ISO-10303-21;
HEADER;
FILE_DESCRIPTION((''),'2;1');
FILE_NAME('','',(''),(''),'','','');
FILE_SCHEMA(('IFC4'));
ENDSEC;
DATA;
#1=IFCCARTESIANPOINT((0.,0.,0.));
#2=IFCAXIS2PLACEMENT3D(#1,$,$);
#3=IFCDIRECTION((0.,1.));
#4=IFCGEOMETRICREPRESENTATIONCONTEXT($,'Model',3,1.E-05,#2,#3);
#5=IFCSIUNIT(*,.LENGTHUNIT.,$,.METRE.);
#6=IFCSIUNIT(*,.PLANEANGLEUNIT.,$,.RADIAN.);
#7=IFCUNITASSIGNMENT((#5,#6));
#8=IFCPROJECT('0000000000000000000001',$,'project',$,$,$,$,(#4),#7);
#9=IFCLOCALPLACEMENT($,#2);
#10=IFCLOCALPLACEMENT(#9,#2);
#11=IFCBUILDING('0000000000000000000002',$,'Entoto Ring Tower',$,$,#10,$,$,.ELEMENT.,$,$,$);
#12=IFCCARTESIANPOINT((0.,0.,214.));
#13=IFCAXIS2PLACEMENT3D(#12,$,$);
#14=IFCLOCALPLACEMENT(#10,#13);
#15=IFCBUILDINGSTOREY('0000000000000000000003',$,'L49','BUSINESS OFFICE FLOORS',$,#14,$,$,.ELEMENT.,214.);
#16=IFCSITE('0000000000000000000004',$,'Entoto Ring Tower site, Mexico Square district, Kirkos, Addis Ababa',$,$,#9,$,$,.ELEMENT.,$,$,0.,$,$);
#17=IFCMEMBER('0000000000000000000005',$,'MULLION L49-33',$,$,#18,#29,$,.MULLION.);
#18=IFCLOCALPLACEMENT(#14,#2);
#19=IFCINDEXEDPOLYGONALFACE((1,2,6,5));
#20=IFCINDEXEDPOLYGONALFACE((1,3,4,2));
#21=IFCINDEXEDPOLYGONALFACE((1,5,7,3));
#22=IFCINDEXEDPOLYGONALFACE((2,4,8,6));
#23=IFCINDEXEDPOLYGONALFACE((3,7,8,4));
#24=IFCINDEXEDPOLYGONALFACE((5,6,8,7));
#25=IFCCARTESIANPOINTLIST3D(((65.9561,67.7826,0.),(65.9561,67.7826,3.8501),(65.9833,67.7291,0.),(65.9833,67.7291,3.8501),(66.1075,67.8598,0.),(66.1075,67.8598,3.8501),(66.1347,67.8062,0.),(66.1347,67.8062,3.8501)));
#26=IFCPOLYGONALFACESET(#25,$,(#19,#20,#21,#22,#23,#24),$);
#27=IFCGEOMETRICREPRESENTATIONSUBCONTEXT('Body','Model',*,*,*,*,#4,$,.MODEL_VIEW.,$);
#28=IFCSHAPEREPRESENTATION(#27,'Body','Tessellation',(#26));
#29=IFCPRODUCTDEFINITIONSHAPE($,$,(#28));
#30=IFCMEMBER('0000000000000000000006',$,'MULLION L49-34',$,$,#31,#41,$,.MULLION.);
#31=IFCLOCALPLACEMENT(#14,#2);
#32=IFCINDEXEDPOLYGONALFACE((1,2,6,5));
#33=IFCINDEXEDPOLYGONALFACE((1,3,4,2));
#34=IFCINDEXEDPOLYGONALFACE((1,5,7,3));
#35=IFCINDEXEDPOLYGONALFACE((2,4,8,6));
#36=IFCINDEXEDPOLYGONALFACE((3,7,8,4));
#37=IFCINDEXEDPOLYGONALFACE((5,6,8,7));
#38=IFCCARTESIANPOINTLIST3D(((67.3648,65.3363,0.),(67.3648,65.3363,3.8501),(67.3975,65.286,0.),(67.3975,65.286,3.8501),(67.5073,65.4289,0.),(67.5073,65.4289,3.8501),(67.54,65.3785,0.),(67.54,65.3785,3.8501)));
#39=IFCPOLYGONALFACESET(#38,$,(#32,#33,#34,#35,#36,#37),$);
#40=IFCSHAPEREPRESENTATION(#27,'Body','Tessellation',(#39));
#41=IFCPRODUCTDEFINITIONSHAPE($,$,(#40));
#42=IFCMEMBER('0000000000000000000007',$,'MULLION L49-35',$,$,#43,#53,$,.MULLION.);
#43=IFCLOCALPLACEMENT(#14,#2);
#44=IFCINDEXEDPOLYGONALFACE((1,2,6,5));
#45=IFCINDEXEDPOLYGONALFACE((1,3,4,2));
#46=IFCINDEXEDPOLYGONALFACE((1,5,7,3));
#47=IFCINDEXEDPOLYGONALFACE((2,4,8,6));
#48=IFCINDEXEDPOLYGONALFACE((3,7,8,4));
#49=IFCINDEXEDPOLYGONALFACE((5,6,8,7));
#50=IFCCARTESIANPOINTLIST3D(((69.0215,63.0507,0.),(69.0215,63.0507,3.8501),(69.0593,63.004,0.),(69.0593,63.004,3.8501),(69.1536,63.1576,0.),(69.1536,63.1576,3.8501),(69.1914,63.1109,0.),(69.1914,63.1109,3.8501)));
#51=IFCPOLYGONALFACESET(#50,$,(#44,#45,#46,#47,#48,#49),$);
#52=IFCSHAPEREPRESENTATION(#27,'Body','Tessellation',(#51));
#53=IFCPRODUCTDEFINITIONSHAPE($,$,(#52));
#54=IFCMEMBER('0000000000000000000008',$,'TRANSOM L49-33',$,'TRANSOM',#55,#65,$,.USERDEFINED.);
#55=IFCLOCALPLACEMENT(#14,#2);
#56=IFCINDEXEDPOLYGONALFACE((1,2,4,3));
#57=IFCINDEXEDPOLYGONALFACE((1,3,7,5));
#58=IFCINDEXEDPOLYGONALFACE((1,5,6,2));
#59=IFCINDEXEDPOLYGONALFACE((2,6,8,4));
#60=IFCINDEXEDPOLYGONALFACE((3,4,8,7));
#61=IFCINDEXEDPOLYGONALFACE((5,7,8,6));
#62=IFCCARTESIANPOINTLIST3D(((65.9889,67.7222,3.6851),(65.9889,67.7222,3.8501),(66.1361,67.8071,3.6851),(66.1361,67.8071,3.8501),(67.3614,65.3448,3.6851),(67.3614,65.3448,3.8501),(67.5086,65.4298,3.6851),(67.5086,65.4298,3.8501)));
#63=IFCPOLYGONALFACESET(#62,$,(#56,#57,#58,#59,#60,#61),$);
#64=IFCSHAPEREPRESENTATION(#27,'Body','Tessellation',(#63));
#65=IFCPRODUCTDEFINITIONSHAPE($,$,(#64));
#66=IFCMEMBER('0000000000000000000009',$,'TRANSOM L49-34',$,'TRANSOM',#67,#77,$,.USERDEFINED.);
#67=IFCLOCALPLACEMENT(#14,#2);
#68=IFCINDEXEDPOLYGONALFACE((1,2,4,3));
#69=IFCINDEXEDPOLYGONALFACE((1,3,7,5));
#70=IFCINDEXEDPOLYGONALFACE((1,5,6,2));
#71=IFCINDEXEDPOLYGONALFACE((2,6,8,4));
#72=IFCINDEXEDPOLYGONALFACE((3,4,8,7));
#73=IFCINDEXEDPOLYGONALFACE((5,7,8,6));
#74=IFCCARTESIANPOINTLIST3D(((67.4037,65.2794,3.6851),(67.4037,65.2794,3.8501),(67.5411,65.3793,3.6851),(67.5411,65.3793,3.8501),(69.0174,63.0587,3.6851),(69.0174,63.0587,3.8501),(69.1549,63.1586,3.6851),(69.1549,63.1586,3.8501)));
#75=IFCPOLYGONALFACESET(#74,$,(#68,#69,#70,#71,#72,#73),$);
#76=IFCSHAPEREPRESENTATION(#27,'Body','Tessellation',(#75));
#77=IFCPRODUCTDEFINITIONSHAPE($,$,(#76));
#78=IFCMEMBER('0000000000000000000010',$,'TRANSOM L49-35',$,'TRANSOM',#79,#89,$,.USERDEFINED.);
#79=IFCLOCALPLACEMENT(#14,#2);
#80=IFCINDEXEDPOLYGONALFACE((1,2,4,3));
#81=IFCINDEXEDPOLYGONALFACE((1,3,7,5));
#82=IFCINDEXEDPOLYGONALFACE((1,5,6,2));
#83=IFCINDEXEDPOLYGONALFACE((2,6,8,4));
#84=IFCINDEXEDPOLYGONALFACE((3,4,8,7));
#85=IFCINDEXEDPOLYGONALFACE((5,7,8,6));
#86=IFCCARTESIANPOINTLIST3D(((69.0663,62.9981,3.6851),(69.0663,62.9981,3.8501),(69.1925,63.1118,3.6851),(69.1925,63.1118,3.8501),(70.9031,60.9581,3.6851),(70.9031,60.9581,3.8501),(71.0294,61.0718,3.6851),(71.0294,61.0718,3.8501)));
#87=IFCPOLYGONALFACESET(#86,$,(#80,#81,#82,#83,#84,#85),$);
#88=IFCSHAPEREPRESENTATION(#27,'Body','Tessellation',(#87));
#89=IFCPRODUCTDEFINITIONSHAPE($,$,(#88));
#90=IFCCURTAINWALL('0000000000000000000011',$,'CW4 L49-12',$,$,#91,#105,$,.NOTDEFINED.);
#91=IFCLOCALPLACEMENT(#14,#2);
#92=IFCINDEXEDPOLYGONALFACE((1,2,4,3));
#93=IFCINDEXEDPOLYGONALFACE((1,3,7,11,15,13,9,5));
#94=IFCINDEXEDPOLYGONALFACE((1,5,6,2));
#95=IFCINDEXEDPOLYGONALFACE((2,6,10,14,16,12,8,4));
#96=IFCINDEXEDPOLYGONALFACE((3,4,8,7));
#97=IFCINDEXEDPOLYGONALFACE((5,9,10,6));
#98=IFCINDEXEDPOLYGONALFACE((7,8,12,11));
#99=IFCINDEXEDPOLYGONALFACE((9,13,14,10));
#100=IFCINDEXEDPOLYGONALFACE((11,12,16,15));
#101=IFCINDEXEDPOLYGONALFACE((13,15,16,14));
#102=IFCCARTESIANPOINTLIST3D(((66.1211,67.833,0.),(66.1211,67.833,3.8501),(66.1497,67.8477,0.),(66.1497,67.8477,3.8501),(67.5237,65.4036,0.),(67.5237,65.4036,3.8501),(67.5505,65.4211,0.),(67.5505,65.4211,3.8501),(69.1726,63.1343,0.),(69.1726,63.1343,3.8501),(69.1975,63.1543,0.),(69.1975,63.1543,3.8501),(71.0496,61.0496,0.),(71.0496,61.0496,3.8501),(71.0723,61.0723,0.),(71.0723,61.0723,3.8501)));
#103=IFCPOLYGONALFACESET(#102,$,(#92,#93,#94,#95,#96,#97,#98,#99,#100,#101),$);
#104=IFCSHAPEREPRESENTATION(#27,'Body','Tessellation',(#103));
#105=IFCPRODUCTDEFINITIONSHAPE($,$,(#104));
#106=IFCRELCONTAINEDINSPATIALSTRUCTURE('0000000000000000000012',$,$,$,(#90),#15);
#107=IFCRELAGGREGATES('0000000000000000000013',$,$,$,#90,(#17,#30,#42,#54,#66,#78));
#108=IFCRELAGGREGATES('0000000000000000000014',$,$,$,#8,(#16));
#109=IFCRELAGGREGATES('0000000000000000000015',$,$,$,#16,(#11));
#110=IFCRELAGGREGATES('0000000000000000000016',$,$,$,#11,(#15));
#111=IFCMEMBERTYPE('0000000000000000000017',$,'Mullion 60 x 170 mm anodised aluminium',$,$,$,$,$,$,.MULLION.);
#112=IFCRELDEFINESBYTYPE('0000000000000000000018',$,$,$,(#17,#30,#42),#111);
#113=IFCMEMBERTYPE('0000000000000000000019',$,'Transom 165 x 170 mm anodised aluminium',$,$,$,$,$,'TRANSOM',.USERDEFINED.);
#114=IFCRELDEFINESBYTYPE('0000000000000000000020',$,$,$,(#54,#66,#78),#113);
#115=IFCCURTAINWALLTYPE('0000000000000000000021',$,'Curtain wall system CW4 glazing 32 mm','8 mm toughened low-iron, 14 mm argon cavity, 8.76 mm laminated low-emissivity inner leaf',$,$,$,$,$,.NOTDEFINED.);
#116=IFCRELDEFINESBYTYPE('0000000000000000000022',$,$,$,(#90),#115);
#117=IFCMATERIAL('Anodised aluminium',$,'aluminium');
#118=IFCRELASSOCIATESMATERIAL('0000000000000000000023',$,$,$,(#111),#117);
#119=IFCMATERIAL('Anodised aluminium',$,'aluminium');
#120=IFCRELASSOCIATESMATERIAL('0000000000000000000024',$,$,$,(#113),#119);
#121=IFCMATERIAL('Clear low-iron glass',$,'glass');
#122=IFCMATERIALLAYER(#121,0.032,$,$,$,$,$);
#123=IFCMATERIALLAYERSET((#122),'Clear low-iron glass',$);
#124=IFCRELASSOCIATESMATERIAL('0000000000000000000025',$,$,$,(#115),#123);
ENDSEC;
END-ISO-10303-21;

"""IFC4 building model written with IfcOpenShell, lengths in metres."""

from ifc_helpers import new_model, si_unit, direction, frame, origin, origin_2d, place, context, subcontext, project, spatial, polyline, rectangle, outline, extrude, material, layer, layer_set, material_profile, profile_set, type_object, element, aggregate, save


model = new_model("IFC4")

# Units and contexts
model_context = context("Model", 3, precision=1e-05, world=origin(), true_north=direction((0.0, 1.0)))
body_context = subcontext(model_context, "Body", "Model", "MODEL_VIEW")
ifc_project = project(units=[si_unit("LENGTHUNIT", "METRE"), si_unit("PLANEANGLEUNIT", "RADIAN")], contexts=[model_context])

# Members
ifc_material_1 = material(Name="Anodised aluminium", Category="aluminium")
ifc_material_profile_1 = material_profile(ifc_material_1, rectangle(XDim=0.0601, YDim=0.1699, at=origin_2d()), Name="Mullion 60 x 170 mm anodised aluminium")
ifc_profile_set_1 = profile_set([ifc_material_profile_1], Name="Anodised aluminium")
member_type_1 = type_object("IfcMemberType", Name="Mullion 60 x 170 mm anodised aluminium", PredefinedType="MULLION", material=ifc_profile_set_1)
site_placement = place(None, origin())
building_placement = place(site_placement, origin())
storey_placement = place(building_placement, frame((0.0, 0.0, 214.0)))
member_1_placement = place(storey_placement, frame((66.0454, 67.7944, 0.0), z_axis=(0.0, 0.0, 1.0), x_axis=(0.45399, -0.891007, 0.0)))
member_1 = element("IfcMember", 1, at=member_1_placement, type_object=member_type_1, Name="MULLION L49-33", PredefinedType="MULLION", context=body_context, shape_type="SweptSolid", body=[
    extrude(rectangle(XDim=0.0601, YDim=0.1699, at=origin_2d()), origin(), (0.0, 0.0, 1.0), 3.8501),
])
member_2_placement = place(storey_placement, frame((67.4524, 65.3574, 0.0), z_axis=(0.0, 0.0, 1.0), x_axis=(0.544639, -0.838671, 0.0)))
member_2 = element("IfcMember", 2, at=member_2_placement, type_object=member_type_1, Name="MULLION L49-34", PredefinedType="MULLION", context=body_context, shape_type="SweptSolid", body=[
    extrude(rectangle(XDim=0.0601, YDim=0.1699, at=origin_2d()), origin(), (0.0, 0.0, 1.0), 3.8501),
])
member_3_placement = place(storey_placement, frame((69.1064, 63.0808, 0.0), z_axis=(0.0, 0.0, 1.0), x_axis=(0.62932, -0.777146, 0.0)))
member_3 = element("IfcMember", 3, at=member_3_placement, type_object=member_type_1, Name="MULLION L49-35", PredefinedType="MULLION", context=body_context, shape_type="SweptSolid", body=[
    extrude(rectangle(XDim=0.0601, YDim=0.1699, at=origin_2d()), origin(), (0.0, 0.0, 1.0), 3.8501),
])
ifc_material_2 = material(Name="Anodised aluminium", Category="aluminium")
ifc_material_profile_2 = material_profile(ifc_material_2, rectangle(XDim=0.1699, YDim=0.165, at=origin_2d()), Name="Transom 165 x 170 mm anodised aluminium")
ifc_profile_set_2 = profile_set([ifc_material_profile_2], Name="Anodised aluminium")
member_type_2 = type_object("IfcMemberType", Name="Transom 165 x 170 mm anodised aluminium", ElementType="TRANSOM", PredefinedType="USERDEFINED", material=ifc_profile_set_2)
member_4_placement = place(storey_placement, frame((66.0625, 67.7646, 3.7676), z_axis=(0.499984, -0.866035, 0.0), x_axis=(0.866035, 0.499984, 0.0)))
member_4 = element("IfcMember", 4, at=member_4_placement, type_object=member_type_2, Name="TRANSOM L49-33", ObjectType="TRANSOM", PredefinedType="USERDEFINED", context=body_context, shape_type="SweptSolid", body=[
    extrude(rectangle(XDim=0.1699, YDim=0.165, at=origin_2d()), origin(), (0.0, 0.0, 1.0), 2.7451),
])
member_5_placement = place(storey_placement, frame((67.4724, 65.3293, 3.7676), z_axis=(0.587865, -0.808959, 0.0), x_axis=(0.808959, 0.587865, 0.0)))
member_5 = element("IfcMember", 5, at=member_5_placement, type_object=member_type_2, Name="TRANSOM L49-34", ObjectType="TRANSOM", PredefinedType="USERDEFINED", context=body_context, shape_type="SweptSolid", body=[
    extrude(rectangle(XDim=0.1699, YDim=0.165, at=origin_2d()), origin(), (0.0, 0.0, 1.0), 2.7451),
])
member_6_placement = place(storey_placement, frame((69.1294, 63.0549, 3.7676), z_axis=(0.669142, -0.743135, 0.0), x_axis=(0.743135, 0.669142, 0.0)))
member_6 = element("IfcMember", 6, at=member_6_placement, type_object=member_type_2, Name="TRANSOM L49-35", ObjectType="TRANSOM", PredefinedType="USERDEFINED", context=body_context, shape_type="SweptSolid", body=[
    extrude(rectangle(XDim=0.1699, YDim=0.165, at=origin_2d()), origin(), (0.0, 0.0, 1.0), 2.7451),
])

# Site, building, storey
site = spatial("IfcSite", under=ifc_project, at=site_placement, Name="Entoto Ring Tower site, Mexico Square district, Kirkos, Addis Ababa", CompositionType="ELEMENT", RefElevation=0.0)
building = spatial("IfcBuilding", under=site, at=building_placement, Name="Entoto Ring Tower", CompositionType="ELEMENT")
storey = spatial("IfcBuildingStorey", under=building, at=storey_placement, Name="L49", Description="BUSINESS OFFICE FLOORS", CompositionType="ELEMENT", Elevation=214.0)

# Curtain wall
ifc_material_3 = material(Name="Clear low-iron glass", Category="glass")
ifc_layer = layer(ifc_material_3, 0.032)
ifc_layer_set = layer_set([ifc_layer], Name="Clear low-iron glass")
curtain_wall_type = type_object("IfcCurtainWallType", Name="Curtain wall system CW4 glazing 32 mm", Description="8 mm toughened low-iron, 14 mm argon cavity, 8.76 mm laminated low-emissivity inner leaf", PredefinedType="NOTDEFINED", material=ifc_layer_set)
curtain_wall_1_placement = place(storey_placement, origin())
curtain_wall_1 = element("IfcCurtainWall", 7, at=curtain_wall_1_placement, inside=storey, type_object=curtain_wall_type, Name="CW4 L49-12", PredefinedType="NOTDEFINED", context=body_context, shape_type="SweptSolid", body=[
    extrude(outline(polyline([(66.1211, 67.833), (67.5237, 65.4036), (69.1726, 63.1343), (71.0496, 61.0496), (71.0723, 61.0723), (69.1975, 63.1543), (67.5505, 65.4211), (66.1497, 67.8477), (66.1211, 67.833)])), origin(), (0.0, 0.0, 1.0), 3.8501),
])
aggregate(curtain_wall_1, [member_1, member_2, member_3, member_4, member_5, member_6])

save(model, "model.ifc")
